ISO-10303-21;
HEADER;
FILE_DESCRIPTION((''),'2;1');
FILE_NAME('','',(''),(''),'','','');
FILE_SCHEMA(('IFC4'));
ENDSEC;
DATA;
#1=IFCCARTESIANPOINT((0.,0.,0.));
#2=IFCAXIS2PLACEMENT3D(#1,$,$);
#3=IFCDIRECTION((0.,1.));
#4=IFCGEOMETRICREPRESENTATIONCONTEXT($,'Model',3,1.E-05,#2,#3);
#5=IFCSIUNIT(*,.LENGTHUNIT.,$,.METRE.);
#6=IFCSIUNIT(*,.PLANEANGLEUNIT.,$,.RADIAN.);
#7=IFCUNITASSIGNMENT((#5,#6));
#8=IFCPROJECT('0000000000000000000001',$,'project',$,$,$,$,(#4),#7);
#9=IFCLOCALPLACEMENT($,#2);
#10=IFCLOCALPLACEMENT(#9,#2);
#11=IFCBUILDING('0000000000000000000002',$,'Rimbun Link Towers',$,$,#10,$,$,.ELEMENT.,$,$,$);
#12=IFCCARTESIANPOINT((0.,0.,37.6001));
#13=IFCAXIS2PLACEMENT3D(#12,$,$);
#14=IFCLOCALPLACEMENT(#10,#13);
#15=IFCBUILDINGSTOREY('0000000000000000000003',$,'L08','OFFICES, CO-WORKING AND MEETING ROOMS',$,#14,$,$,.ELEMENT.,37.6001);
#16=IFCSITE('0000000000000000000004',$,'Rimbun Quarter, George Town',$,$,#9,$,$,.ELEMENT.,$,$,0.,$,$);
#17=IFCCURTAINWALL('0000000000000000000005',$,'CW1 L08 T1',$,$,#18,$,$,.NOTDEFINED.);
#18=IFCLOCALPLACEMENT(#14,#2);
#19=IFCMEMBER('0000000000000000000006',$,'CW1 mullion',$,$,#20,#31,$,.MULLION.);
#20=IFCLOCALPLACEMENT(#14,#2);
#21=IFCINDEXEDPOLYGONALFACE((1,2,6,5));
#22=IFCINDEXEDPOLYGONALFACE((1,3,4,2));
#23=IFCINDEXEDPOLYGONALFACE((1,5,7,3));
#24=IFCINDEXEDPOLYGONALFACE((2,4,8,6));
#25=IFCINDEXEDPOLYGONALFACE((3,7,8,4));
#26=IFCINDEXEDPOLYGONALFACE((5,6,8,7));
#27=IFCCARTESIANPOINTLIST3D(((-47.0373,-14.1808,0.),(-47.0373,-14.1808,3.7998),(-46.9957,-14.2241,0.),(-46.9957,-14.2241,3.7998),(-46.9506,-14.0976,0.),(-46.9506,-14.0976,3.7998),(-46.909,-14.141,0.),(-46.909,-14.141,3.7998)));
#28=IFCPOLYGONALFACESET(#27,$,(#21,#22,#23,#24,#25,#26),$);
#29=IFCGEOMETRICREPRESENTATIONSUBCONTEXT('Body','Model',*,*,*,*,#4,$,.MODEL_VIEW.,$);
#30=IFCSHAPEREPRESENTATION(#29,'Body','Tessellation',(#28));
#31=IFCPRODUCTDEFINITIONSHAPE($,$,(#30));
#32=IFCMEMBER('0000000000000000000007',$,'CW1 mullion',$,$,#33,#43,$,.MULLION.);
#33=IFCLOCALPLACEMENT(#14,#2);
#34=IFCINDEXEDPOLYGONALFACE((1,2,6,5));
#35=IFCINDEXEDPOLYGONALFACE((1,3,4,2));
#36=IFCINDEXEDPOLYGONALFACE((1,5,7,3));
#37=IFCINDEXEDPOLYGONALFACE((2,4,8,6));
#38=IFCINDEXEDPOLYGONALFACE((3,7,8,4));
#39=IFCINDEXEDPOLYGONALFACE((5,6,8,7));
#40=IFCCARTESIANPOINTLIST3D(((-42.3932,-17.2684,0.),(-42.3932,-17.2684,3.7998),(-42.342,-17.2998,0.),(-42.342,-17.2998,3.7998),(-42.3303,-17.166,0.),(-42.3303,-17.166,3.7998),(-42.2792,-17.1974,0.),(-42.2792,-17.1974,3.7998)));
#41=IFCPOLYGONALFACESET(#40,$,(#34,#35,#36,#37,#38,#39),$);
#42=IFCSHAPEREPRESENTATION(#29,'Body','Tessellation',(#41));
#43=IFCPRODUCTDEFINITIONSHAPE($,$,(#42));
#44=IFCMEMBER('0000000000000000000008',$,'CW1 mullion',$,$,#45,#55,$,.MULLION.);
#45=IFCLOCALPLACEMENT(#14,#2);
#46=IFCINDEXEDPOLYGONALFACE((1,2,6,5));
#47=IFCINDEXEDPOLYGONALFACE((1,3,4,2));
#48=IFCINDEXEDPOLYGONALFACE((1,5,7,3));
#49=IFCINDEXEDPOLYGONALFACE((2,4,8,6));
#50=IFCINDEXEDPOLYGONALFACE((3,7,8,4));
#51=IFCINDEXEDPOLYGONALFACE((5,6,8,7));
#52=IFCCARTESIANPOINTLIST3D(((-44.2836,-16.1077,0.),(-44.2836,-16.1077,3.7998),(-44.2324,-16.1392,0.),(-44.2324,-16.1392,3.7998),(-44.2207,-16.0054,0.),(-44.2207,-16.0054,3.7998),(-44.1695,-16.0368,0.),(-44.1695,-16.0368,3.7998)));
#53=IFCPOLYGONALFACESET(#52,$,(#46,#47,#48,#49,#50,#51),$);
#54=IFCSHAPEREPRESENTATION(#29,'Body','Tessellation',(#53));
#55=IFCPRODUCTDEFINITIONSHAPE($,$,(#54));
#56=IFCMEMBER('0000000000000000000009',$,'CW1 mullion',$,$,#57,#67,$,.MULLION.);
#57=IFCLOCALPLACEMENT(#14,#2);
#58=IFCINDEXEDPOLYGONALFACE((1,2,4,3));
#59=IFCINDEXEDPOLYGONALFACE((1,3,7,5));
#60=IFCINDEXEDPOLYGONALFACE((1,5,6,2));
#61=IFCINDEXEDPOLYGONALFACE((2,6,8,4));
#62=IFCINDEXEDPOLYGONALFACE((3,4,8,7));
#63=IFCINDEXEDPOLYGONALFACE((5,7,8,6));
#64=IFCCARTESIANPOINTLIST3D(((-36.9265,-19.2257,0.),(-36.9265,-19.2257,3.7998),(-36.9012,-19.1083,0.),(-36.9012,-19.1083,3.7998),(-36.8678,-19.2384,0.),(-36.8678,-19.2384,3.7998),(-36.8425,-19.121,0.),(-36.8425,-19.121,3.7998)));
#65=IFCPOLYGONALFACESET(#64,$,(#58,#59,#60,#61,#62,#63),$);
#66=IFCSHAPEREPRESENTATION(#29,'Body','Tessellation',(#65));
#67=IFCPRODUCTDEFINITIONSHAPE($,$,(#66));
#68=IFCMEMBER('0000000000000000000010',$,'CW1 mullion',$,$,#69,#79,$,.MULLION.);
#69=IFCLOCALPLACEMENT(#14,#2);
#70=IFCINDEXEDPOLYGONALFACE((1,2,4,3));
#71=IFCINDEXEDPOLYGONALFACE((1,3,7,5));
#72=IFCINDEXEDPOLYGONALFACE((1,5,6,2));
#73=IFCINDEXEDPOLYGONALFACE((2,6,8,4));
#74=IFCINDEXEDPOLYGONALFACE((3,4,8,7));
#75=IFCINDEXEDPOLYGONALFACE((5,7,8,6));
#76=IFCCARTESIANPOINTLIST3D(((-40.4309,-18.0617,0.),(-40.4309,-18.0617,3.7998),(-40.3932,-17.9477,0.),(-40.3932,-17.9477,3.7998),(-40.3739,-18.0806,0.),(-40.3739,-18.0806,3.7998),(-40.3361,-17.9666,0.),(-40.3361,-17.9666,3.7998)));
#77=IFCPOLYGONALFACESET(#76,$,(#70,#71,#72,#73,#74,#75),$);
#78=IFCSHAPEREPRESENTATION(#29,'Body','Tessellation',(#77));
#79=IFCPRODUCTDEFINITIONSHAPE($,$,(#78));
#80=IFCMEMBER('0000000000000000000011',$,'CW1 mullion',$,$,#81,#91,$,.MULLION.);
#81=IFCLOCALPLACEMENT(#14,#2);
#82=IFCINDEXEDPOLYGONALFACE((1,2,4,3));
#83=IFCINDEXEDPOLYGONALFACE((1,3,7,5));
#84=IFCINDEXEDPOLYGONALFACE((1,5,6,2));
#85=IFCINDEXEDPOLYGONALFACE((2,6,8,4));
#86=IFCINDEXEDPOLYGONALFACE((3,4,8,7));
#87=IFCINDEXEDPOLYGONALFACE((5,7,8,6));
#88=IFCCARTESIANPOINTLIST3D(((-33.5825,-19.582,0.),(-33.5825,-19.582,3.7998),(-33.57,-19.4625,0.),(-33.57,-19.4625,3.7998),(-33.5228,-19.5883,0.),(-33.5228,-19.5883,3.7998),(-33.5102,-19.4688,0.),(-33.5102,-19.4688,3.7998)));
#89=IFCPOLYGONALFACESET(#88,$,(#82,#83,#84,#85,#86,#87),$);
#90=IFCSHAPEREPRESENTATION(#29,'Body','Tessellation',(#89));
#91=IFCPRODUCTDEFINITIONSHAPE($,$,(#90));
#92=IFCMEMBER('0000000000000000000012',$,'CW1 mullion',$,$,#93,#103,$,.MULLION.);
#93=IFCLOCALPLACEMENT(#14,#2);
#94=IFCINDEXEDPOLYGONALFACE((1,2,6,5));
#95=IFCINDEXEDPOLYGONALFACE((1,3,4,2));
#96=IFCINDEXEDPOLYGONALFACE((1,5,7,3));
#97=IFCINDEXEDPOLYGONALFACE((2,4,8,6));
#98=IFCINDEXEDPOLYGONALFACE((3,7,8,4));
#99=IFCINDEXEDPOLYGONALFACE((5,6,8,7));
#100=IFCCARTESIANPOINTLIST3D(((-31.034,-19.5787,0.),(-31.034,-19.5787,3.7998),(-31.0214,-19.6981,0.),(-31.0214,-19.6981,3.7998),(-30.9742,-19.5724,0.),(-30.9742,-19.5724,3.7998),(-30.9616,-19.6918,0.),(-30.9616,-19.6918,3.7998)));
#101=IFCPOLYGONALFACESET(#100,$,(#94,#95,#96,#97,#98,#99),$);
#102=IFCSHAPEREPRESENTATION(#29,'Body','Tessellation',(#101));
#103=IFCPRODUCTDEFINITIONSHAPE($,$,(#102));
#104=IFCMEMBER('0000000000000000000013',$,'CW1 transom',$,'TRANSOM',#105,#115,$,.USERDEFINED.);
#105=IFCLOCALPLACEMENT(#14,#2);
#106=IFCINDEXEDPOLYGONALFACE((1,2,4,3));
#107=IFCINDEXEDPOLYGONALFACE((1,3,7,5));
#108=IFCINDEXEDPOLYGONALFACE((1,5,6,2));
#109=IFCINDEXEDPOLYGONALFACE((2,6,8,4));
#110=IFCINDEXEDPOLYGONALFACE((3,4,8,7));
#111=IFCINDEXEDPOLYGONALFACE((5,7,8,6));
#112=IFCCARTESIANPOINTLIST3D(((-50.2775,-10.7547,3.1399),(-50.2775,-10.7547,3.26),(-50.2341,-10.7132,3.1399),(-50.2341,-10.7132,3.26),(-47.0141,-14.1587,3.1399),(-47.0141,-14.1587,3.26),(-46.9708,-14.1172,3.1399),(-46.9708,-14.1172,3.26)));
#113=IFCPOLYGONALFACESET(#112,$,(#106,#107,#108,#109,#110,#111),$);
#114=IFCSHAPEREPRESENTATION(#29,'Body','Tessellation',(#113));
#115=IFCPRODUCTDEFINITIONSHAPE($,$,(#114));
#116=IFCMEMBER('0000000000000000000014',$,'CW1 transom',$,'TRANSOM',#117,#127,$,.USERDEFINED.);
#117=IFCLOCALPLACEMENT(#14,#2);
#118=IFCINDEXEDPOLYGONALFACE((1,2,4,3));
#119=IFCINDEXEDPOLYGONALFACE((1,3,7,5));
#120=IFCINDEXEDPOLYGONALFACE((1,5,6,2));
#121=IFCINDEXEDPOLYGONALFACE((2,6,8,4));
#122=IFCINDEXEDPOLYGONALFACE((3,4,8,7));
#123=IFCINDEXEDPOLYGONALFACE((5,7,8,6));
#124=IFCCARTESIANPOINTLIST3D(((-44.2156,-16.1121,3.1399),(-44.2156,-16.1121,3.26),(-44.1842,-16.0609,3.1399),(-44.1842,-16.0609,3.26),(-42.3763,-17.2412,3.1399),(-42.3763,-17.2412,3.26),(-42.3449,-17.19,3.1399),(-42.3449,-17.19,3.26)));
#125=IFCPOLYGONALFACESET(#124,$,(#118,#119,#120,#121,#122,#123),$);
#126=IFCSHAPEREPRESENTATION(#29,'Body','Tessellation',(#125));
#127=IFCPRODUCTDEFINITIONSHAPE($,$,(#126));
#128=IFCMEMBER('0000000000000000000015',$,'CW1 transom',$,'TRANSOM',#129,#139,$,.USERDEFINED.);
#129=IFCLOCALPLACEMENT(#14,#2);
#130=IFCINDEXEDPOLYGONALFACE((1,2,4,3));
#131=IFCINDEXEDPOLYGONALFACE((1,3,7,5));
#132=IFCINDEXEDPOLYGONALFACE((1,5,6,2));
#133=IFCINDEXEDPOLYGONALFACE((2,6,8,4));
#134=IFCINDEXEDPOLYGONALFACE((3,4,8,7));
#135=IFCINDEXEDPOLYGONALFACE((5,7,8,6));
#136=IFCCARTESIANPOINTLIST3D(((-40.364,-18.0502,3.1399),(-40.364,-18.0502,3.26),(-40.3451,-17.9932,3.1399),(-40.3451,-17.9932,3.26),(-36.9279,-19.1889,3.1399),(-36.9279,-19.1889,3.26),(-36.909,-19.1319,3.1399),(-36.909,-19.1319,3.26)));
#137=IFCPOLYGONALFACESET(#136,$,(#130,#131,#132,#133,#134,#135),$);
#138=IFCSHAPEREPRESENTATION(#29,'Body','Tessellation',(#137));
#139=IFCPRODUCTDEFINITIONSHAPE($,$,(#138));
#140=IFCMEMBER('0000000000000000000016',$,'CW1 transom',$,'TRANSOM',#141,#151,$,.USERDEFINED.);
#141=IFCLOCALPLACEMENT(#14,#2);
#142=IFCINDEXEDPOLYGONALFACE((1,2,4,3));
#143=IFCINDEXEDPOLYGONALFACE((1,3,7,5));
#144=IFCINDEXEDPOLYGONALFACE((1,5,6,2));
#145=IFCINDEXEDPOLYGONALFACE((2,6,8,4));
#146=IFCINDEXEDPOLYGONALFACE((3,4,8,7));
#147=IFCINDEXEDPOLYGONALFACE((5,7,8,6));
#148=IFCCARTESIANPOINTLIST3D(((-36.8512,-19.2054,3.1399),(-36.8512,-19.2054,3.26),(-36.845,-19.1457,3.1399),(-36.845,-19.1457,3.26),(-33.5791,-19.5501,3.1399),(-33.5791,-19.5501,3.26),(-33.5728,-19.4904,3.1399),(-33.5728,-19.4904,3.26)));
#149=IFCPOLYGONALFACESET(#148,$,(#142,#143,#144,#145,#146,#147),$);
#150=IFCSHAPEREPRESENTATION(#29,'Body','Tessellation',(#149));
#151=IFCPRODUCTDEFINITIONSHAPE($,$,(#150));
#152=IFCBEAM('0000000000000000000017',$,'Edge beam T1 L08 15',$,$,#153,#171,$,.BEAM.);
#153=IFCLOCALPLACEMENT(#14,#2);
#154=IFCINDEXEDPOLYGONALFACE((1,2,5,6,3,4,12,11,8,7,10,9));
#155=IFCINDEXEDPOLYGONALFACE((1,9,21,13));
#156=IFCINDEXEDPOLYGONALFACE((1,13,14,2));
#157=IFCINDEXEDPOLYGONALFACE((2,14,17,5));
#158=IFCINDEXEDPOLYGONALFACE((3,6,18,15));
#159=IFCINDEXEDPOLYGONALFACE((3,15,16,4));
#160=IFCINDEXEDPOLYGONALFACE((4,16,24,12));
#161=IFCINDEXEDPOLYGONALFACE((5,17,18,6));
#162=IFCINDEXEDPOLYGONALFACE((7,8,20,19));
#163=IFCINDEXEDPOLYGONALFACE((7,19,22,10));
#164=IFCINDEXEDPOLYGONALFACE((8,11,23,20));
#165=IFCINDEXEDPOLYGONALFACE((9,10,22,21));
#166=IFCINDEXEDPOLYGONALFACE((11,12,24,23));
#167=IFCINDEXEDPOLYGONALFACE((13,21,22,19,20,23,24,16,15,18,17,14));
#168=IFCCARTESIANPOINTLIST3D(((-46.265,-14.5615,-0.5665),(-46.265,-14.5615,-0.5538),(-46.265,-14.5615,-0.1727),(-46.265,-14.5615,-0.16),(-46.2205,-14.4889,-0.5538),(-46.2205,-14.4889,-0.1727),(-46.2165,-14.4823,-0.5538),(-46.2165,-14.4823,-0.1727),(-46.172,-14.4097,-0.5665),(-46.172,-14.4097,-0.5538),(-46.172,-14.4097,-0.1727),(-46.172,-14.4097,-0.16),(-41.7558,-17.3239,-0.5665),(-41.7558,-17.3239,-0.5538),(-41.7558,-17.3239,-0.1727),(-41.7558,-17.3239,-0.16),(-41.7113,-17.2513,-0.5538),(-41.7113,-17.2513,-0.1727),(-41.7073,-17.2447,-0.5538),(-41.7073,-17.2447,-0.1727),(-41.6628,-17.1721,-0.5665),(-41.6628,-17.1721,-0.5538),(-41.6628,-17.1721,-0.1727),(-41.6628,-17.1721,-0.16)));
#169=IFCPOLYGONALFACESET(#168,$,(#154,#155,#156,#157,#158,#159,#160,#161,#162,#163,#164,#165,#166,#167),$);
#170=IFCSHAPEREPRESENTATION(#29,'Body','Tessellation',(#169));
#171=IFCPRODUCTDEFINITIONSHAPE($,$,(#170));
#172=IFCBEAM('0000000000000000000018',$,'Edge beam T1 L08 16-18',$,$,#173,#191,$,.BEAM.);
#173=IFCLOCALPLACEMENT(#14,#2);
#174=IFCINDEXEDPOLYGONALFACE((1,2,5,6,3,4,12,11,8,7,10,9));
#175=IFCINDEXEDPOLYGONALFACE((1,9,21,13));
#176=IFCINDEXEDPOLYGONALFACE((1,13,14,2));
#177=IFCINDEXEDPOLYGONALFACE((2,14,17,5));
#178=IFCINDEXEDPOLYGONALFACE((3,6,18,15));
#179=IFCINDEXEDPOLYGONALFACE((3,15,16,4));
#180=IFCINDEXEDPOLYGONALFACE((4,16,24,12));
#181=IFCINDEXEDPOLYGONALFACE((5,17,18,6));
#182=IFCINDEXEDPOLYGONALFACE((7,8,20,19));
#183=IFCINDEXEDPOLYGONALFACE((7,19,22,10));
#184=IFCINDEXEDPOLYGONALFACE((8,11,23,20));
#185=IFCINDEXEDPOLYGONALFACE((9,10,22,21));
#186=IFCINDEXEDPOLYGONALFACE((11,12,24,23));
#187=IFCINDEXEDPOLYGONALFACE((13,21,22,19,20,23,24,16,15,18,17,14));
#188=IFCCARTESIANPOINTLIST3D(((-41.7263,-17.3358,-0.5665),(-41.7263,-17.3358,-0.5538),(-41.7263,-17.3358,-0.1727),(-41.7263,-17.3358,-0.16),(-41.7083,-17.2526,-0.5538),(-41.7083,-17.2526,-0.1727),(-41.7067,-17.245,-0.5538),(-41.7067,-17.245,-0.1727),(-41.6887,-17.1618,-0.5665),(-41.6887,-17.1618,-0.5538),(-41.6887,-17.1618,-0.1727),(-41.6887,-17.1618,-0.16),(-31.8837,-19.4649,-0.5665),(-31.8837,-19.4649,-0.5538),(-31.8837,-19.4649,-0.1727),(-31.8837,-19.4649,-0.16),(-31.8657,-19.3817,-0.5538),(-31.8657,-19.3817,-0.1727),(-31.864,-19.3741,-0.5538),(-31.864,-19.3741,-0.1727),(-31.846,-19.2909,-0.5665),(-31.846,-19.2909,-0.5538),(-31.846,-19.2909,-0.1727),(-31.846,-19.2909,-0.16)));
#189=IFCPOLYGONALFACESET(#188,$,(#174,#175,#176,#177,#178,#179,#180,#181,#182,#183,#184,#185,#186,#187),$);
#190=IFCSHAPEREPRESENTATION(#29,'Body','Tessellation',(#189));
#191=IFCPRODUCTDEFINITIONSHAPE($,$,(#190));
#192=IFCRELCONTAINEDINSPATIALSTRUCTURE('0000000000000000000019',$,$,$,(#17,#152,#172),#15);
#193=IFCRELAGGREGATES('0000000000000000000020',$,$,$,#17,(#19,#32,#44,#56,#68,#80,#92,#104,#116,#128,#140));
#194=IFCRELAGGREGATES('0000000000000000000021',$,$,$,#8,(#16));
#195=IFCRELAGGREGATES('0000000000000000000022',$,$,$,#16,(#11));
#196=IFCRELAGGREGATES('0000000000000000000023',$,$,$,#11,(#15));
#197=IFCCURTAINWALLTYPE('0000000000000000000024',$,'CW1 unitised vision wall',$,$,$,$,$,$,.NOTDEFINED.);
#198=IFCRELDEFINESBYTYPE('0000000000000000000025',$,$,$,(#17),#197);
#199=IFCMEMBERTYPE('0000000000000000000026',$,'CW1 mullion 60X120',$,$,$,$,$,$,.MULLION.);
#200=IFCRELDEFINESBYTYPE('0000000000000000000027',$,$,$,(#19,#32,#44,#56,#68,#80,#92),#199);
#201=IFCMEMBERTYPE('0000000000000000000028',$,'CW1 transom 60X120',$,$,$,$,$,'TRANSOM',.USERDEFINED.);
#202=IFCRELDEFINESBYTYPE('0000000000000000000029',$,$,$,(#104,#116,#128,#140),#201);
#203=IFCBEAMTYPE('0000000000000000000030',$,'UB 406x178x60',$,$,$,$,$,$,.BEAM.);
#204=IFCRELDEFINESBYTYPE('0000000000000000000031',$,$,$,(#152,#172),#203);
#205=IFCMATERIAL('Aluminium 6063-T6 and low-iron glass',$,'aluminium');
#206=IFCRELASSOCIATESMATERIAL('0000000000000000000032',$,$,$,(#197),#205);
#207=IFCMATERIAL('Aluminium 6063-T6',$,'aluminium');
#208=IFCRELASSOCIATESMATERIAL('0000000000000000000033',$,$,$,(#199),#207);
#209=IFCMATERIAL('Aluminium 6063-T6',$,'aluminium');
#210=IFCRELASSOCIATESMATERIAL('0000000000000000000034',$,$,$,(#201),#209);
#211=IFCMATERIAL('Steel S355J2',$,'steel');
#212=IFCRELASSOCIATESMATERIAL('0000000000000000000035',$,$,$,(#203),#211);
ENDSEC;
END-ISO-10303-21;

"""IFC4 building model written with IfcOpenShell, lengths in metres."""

from ifc_helpers import new_model, si_unit, direction, frame, origin, origin_2d, place, context, subcontext, project, spatial, rectangle, i_section, extrude, material, material_profile, profile_set, type_object, element, aggregate, save


model = new_model("IFC4")

# Units and contexts
model_context = context("Model", 3, precision=1e-05, world=origin(), true_north=direction((0.0, 1.0)))
body_context = subcontext(model_context, "Body", "Model", "MODEL_VIEW")
ifc_project = project(units=[si_unit("LENGTHUNIT", "METRE"), si_unit("PLANEANGLEUNIT", "RADIAN")], contexts=[model_context])

# Site, building, storey
site_placement = place(None, origin())
site = spatial("IfcSite", under=ifc_project, at=site_placement, Name="Rimbun Quarter, George Town", CompositionType="ELEMENT", RefElevation=0.0)
building_placement = place(site_placement, origin())
building = spatial("IfcBuilding", under=site, at=building_placement, Name="Rimbun Link Towers", CompositionType="ELEMENT")
storey_placement = place(building_placement, frame((0.0, 0.0, 37.6001)))
storey = spatial("IfcBuildingStorey", under=building, at=storey_placement, Name="L08", Description="OFFICES, CO-WORKING AND MEETING ROOMS", CompositionType="ELEMENT", Elevation=37.6001)

# Curtain wall, members
ifc_material_1 = material(Name="Aluminium 6063-T6 and low-iron glass", Category="aluminium")
curtain_wall_type = type_object("IfcCurtainWallType", Name="CW1 unitised vision wall", PredefinedType="NOTDEFINED", material=ifc_material_1)
curtain_wall_placement = place(storey_placement, origin())
curtain_wall = element("IfcCurtainWall", 1, at=curtain_wall_placement, inside=storey, type_object=curtain_wall_type, Name="CW1 L08 T1", PredefinedType="NOTDEFINED")
ifc_material_2 = material(Name="Aluminium 6063-T6", Category="aluminium")
ifc_material_profile_1 = material_profile(ifc_material_2, rectangle(XDim=0.1201, YDim=0.0601, at=origin_2d()), Name="MULLION 60X120")
ifc_profile_set_1 = profile_set([ifc_material_profile_1], Name="Aluminium 6063-T6")
member_type_1 = type_object("IfcMemberType", Name="CW1 mullion 60X120", PredefinedType="MULLION", material=ifc_profile_set_1)
member_1_placement = place(storey_placement, frame((-46.9731, -14.1609, 0.0), z_axis=(0.0, 0.0, 1.0), x_axis=(-0.721844, -0.692056, 0.0)))
member_1 = element("IfcMember", 2, at=member_1_placement, type_object=member_type_1, Name="CW1 mullion", PredefinedType="MULLION", context=body_context, shape_type="SweptSolid", body=[
    extrude(rectangle(XDim=0.1201, YDim=0.0601, at=origin_2d()), origin(), (0.0, 0.0, 1.0), 3.7998),
])
member_2_placement = place(storey_placement, frame((-42.3362, -17.2329, 0.0), z_axis=(0.0, 0.0, 1.0), x_axis=(-0.523232, -0.85219, 0.0)))
member_2 = element("IfcMember", 3, at=member_2_placement, type_object=member_type_1, Name="CW1 mullion", PredefinedType="MULLION", context=body_context, shape_type="SweptSolid", body=[
    extrude(rectangle(XDim=0.1201, YDim=0.0601, at=origin_2d()), origin(), (0.0, 0.0, 1.0), 3.7998),
])
member_3_placement = place(storey_placement, frame((-44.2266, -16.0723, 0.0), z_axis=(0.0, 0.0, 1.0), x_axis=(-0.523232, -0.85219, 0.0)))
member_3 = element("IfcMember", 4, at=member_3_placement, type_object=member_type_1, Name="CW1 mullion", PredefinedType="MULLION", context=body_context, shape_type="SweptSolid", body=[
    extrude(rectangle(XDim=0.1201, YDim=0.0601, at=origin_2d()), origin(), (0.0, 0.0, 1.0), 3.7998),
])
member_4_placement = place(storey_placement, frame((-36.8845, -19.1733, 0.0), z_axis=(0.0, 0.0, 1.0), x_axis=(-0.210877, -0.977513, 0.0)))
member_4 = element("IfcMember", 5, at=member_4_placement, type_object=member_type_1, Name="CW1 mullion", PredefinedType="MULLION", context=body_context, shape_type="SweptSolid", body=[
    extrude(rectangle(XDim=0.1201, YDim=0.0601, at=origin_2d()), origin(), (0.0, 0.0, 1.0), 3.7998),
])
member_5_placement = place(storey_placement, frame((-40.3835, -18.0142, 0.0), z_axis=(0.0, 0.0, 1.0), x_axis=(-0.314564, -0.949236, 0.0)))
member_5 = element("IfcMember", 6, at=member_5_placement, type_object=member_type_1, Name="CW1 mullion", PredefinedType="MULLION", context=body_context, shape_type="SweptSolid", body=[
    extrude(rectangle(XDim=0.1201, YDim=0.0601, at=origin_2d()), origin(), (0.0, 0.0, 1.0), 3.7998),
])
member_6_placement = place(storey_placement, frame((-33.5464, -19.5254, 0.0), z_axis=(0.0, 0.0, 1.0), x_axis=(-0.104755, -0.994498, 0.0)))
member_6 = element("IfcMember", 7, at=member_6_placement, type_object=member_type_1, Name="CW1 mullion", PredefinedType="MULLION", context=body_context, shape_type="SweptSolid", body=[
    extrude(rectangle(XDim=0.1201, YDim=0.0601, at=origin_2d()), origin(), (0.0, 0.0, 1.0), 3.7998),
])
member_7_placement = place(storey_placement, frame((-30.9978, -19.6353, 0.0), z_axis=(0.0, 0.0, 1.0), x_axis=(0.104755, -0.994498, 0.0)))
member_7 = element("IfcMember", 8, at=member_7_placement, type_object=member_type_1, Name="CW1 mullion", PredefinedType="MULLION", context=body_context, shape_type="SweptSolid", body=[
    extrude(rectangle(XDim=0.1201, YDim=0.0601, at=origin_2d()), origin(), (0.0, 0.0, 1.0), 3.7998),
])
ifc_material_3 = material(Name="Aluminium 6063-T6", Category="aluminium")
ifc_material_profile_2 = material_profile(ifc_material_3, rectangle(XDim=0.0601, YDim=0.1201, at=origin_2d()), Name="TRANSOM 60X120")
ifc_profile_set_2 = profile_set([ifc_material_profile_2], Name="Aluminium 6063-T6")
member_type_2 = type_object("IfcMemberType", Name="CW1 transom 60X120", ElementType="TRANSOM", PredefinedType="USERDEFINED", material=ifc_profile_set_2)
member_8_placement = place(storey_placement, frame((-46.9924, -14.1379, 3.2), z_axis=(-0.692039, 0.72186, 0.0), x_axis=(-0.72186, -0.692039, 0.0)))
member_8 = element("IfcMember", 9, at=member_8_placement, type_object=member_type_2, Name="CW1 transom", ObjectType="TRANSOM", PredefinedType="USERDEFINED", context=body_context, shape_type="SweptSolid", body=[
    extrude(rectangle(XDim=0.0601, YDim=0.1201, at=origin_2d()), origin(), (0.0, 0.0, 1.0), 4.7156),
])
member_9_placement = place(storey_placement, frame((-42.3606, -17.2156, 3.2), z_axis=(-0.852229, 0.523169, 0.0), x_axis=(-0.523169, -0.852229, 0.0)))
member_9 = element("IfcMember", 10, at=member_9_placement, type_object=member_type_2, Name="CW1 transom", ObjectType="TRANSOM", PredefinedType="USERDEFINED", context=body_context, shape_type="SweptSolid", body=[
    extrude(rectangle(XDim=0.0601, YDim=0.1201, at=origin_2d()), origin(), (0.0, 0.0, 1.0), 2.1582),
])
member_10_placement = place(storey_placement, frame((-36.9185, -19.1604, 3.2), z_axis=(-0.949235, 0.314568, 0.0), x_axis=(-0.314568, -0.949235, 0.0)))
member_10 = element("IfcMember", 11, at=member_10_placement, type_object=member_type_2, Name="CW1 transom", ObjectType="TRANSOM", PredefinedType="USERDEFINED", context=body_context, shape_type="SweptSolid", body=[
    extrude(rectangle(XDim=0.0601, YDim=0.1201, at=origin_2d()), origin(), (0.0, 0.0, 1.0), 3.6199),
])
member_11_placement = place(storey_placement, frame((-33.5759, -19.5203, 3.2), z_axis=(-0.994497, 0.10477, 0.0), x_axis=(-0.10477, -0.994497, 0.0)))
member_11 = element("IfcMember", 12, at=member_11_placement, type_object=member_type_2, Name="CW1 transom", ObjectType="TRANSOM", PredefinedType="USERDEFINED", context=body_context, shape_type="SweptSolid", body=[
    extrude(rectangle(XDim=0.0601, YDim=0.1201, at=origin_2d()), origin(), (0.0, 0.0, 1.0), 3.2903),
])

# Beams
ifc_material_4 = material(Name="Steel S355J2", Category="steel")
ifc_material_profile_3 = material_profile(ifc_material_4, i_section(OverallWidth=0.178, OverallDepth=0.4065, WebThickness=0.0078, FlangeThickness=0.0127, at=origin_2d()), Name="UB 406x178x60")
ifc_profile_set_3 = profile_set([ifc_material_profile_3], Name="Steel S355J2")
beam_type = type_object("IfcBeamType", Name="UB 406x178x60", PredefinedType="BEAM", material=ifc_profile_set_3)
beam_1_placement = place(storey_placement, frame((-46.2185, -14.4856, -0.3633), z_axis=(0.852711, -0.522383, 0.0), x_axis=(0.522383, 0.852711, 0.0)))
element("IfcBeam", 13, at=beam_1_placement, inside=storey, type_object=beam_type, Name="Edge beam T1 L08 15", PredefinedType="BEAM", context=body_context, shape_type="SweptSolid", body=[
    extrude(i_section(OverallWidth=0.178, OverallDepth=0.4065, WebThickness=0.0078, FlangeThickness=0.0127, at=origin_2d()), origin(), (0.0, 0.0, 1.0), 5.2881),
])
beam_2_placement = place(storey_placement, frame((-41.7075, -17.2488, -0.3633), z_axis=(0.977394, -0.211426, 0.0), x_axis=(0.211426, 0.977394, 0.0)))
element("IfcBeam", 14, at=beam_2_placement, inside=storey, type_object=beam_type, Name="Edge beam T1 L08 16-18", PredefinedType="BEAM", context=body_context, shape_type="SweptSolid", body=[
    extrude(i_section(OverallWidth=0.178, OverallDepth=0.4065, WebThickness=0.0078, FlangeThickness=0.0127, at=origin_2d()), origin(), (0.0, 0.0, 1.0), 10.0703),
])

aggregate(curtain_wall, [member_1, member_2, member_3, member_4, member_5, member_6, member_7, member_8, member_9, member_10, member_11])

save(model, "model.ifc")
